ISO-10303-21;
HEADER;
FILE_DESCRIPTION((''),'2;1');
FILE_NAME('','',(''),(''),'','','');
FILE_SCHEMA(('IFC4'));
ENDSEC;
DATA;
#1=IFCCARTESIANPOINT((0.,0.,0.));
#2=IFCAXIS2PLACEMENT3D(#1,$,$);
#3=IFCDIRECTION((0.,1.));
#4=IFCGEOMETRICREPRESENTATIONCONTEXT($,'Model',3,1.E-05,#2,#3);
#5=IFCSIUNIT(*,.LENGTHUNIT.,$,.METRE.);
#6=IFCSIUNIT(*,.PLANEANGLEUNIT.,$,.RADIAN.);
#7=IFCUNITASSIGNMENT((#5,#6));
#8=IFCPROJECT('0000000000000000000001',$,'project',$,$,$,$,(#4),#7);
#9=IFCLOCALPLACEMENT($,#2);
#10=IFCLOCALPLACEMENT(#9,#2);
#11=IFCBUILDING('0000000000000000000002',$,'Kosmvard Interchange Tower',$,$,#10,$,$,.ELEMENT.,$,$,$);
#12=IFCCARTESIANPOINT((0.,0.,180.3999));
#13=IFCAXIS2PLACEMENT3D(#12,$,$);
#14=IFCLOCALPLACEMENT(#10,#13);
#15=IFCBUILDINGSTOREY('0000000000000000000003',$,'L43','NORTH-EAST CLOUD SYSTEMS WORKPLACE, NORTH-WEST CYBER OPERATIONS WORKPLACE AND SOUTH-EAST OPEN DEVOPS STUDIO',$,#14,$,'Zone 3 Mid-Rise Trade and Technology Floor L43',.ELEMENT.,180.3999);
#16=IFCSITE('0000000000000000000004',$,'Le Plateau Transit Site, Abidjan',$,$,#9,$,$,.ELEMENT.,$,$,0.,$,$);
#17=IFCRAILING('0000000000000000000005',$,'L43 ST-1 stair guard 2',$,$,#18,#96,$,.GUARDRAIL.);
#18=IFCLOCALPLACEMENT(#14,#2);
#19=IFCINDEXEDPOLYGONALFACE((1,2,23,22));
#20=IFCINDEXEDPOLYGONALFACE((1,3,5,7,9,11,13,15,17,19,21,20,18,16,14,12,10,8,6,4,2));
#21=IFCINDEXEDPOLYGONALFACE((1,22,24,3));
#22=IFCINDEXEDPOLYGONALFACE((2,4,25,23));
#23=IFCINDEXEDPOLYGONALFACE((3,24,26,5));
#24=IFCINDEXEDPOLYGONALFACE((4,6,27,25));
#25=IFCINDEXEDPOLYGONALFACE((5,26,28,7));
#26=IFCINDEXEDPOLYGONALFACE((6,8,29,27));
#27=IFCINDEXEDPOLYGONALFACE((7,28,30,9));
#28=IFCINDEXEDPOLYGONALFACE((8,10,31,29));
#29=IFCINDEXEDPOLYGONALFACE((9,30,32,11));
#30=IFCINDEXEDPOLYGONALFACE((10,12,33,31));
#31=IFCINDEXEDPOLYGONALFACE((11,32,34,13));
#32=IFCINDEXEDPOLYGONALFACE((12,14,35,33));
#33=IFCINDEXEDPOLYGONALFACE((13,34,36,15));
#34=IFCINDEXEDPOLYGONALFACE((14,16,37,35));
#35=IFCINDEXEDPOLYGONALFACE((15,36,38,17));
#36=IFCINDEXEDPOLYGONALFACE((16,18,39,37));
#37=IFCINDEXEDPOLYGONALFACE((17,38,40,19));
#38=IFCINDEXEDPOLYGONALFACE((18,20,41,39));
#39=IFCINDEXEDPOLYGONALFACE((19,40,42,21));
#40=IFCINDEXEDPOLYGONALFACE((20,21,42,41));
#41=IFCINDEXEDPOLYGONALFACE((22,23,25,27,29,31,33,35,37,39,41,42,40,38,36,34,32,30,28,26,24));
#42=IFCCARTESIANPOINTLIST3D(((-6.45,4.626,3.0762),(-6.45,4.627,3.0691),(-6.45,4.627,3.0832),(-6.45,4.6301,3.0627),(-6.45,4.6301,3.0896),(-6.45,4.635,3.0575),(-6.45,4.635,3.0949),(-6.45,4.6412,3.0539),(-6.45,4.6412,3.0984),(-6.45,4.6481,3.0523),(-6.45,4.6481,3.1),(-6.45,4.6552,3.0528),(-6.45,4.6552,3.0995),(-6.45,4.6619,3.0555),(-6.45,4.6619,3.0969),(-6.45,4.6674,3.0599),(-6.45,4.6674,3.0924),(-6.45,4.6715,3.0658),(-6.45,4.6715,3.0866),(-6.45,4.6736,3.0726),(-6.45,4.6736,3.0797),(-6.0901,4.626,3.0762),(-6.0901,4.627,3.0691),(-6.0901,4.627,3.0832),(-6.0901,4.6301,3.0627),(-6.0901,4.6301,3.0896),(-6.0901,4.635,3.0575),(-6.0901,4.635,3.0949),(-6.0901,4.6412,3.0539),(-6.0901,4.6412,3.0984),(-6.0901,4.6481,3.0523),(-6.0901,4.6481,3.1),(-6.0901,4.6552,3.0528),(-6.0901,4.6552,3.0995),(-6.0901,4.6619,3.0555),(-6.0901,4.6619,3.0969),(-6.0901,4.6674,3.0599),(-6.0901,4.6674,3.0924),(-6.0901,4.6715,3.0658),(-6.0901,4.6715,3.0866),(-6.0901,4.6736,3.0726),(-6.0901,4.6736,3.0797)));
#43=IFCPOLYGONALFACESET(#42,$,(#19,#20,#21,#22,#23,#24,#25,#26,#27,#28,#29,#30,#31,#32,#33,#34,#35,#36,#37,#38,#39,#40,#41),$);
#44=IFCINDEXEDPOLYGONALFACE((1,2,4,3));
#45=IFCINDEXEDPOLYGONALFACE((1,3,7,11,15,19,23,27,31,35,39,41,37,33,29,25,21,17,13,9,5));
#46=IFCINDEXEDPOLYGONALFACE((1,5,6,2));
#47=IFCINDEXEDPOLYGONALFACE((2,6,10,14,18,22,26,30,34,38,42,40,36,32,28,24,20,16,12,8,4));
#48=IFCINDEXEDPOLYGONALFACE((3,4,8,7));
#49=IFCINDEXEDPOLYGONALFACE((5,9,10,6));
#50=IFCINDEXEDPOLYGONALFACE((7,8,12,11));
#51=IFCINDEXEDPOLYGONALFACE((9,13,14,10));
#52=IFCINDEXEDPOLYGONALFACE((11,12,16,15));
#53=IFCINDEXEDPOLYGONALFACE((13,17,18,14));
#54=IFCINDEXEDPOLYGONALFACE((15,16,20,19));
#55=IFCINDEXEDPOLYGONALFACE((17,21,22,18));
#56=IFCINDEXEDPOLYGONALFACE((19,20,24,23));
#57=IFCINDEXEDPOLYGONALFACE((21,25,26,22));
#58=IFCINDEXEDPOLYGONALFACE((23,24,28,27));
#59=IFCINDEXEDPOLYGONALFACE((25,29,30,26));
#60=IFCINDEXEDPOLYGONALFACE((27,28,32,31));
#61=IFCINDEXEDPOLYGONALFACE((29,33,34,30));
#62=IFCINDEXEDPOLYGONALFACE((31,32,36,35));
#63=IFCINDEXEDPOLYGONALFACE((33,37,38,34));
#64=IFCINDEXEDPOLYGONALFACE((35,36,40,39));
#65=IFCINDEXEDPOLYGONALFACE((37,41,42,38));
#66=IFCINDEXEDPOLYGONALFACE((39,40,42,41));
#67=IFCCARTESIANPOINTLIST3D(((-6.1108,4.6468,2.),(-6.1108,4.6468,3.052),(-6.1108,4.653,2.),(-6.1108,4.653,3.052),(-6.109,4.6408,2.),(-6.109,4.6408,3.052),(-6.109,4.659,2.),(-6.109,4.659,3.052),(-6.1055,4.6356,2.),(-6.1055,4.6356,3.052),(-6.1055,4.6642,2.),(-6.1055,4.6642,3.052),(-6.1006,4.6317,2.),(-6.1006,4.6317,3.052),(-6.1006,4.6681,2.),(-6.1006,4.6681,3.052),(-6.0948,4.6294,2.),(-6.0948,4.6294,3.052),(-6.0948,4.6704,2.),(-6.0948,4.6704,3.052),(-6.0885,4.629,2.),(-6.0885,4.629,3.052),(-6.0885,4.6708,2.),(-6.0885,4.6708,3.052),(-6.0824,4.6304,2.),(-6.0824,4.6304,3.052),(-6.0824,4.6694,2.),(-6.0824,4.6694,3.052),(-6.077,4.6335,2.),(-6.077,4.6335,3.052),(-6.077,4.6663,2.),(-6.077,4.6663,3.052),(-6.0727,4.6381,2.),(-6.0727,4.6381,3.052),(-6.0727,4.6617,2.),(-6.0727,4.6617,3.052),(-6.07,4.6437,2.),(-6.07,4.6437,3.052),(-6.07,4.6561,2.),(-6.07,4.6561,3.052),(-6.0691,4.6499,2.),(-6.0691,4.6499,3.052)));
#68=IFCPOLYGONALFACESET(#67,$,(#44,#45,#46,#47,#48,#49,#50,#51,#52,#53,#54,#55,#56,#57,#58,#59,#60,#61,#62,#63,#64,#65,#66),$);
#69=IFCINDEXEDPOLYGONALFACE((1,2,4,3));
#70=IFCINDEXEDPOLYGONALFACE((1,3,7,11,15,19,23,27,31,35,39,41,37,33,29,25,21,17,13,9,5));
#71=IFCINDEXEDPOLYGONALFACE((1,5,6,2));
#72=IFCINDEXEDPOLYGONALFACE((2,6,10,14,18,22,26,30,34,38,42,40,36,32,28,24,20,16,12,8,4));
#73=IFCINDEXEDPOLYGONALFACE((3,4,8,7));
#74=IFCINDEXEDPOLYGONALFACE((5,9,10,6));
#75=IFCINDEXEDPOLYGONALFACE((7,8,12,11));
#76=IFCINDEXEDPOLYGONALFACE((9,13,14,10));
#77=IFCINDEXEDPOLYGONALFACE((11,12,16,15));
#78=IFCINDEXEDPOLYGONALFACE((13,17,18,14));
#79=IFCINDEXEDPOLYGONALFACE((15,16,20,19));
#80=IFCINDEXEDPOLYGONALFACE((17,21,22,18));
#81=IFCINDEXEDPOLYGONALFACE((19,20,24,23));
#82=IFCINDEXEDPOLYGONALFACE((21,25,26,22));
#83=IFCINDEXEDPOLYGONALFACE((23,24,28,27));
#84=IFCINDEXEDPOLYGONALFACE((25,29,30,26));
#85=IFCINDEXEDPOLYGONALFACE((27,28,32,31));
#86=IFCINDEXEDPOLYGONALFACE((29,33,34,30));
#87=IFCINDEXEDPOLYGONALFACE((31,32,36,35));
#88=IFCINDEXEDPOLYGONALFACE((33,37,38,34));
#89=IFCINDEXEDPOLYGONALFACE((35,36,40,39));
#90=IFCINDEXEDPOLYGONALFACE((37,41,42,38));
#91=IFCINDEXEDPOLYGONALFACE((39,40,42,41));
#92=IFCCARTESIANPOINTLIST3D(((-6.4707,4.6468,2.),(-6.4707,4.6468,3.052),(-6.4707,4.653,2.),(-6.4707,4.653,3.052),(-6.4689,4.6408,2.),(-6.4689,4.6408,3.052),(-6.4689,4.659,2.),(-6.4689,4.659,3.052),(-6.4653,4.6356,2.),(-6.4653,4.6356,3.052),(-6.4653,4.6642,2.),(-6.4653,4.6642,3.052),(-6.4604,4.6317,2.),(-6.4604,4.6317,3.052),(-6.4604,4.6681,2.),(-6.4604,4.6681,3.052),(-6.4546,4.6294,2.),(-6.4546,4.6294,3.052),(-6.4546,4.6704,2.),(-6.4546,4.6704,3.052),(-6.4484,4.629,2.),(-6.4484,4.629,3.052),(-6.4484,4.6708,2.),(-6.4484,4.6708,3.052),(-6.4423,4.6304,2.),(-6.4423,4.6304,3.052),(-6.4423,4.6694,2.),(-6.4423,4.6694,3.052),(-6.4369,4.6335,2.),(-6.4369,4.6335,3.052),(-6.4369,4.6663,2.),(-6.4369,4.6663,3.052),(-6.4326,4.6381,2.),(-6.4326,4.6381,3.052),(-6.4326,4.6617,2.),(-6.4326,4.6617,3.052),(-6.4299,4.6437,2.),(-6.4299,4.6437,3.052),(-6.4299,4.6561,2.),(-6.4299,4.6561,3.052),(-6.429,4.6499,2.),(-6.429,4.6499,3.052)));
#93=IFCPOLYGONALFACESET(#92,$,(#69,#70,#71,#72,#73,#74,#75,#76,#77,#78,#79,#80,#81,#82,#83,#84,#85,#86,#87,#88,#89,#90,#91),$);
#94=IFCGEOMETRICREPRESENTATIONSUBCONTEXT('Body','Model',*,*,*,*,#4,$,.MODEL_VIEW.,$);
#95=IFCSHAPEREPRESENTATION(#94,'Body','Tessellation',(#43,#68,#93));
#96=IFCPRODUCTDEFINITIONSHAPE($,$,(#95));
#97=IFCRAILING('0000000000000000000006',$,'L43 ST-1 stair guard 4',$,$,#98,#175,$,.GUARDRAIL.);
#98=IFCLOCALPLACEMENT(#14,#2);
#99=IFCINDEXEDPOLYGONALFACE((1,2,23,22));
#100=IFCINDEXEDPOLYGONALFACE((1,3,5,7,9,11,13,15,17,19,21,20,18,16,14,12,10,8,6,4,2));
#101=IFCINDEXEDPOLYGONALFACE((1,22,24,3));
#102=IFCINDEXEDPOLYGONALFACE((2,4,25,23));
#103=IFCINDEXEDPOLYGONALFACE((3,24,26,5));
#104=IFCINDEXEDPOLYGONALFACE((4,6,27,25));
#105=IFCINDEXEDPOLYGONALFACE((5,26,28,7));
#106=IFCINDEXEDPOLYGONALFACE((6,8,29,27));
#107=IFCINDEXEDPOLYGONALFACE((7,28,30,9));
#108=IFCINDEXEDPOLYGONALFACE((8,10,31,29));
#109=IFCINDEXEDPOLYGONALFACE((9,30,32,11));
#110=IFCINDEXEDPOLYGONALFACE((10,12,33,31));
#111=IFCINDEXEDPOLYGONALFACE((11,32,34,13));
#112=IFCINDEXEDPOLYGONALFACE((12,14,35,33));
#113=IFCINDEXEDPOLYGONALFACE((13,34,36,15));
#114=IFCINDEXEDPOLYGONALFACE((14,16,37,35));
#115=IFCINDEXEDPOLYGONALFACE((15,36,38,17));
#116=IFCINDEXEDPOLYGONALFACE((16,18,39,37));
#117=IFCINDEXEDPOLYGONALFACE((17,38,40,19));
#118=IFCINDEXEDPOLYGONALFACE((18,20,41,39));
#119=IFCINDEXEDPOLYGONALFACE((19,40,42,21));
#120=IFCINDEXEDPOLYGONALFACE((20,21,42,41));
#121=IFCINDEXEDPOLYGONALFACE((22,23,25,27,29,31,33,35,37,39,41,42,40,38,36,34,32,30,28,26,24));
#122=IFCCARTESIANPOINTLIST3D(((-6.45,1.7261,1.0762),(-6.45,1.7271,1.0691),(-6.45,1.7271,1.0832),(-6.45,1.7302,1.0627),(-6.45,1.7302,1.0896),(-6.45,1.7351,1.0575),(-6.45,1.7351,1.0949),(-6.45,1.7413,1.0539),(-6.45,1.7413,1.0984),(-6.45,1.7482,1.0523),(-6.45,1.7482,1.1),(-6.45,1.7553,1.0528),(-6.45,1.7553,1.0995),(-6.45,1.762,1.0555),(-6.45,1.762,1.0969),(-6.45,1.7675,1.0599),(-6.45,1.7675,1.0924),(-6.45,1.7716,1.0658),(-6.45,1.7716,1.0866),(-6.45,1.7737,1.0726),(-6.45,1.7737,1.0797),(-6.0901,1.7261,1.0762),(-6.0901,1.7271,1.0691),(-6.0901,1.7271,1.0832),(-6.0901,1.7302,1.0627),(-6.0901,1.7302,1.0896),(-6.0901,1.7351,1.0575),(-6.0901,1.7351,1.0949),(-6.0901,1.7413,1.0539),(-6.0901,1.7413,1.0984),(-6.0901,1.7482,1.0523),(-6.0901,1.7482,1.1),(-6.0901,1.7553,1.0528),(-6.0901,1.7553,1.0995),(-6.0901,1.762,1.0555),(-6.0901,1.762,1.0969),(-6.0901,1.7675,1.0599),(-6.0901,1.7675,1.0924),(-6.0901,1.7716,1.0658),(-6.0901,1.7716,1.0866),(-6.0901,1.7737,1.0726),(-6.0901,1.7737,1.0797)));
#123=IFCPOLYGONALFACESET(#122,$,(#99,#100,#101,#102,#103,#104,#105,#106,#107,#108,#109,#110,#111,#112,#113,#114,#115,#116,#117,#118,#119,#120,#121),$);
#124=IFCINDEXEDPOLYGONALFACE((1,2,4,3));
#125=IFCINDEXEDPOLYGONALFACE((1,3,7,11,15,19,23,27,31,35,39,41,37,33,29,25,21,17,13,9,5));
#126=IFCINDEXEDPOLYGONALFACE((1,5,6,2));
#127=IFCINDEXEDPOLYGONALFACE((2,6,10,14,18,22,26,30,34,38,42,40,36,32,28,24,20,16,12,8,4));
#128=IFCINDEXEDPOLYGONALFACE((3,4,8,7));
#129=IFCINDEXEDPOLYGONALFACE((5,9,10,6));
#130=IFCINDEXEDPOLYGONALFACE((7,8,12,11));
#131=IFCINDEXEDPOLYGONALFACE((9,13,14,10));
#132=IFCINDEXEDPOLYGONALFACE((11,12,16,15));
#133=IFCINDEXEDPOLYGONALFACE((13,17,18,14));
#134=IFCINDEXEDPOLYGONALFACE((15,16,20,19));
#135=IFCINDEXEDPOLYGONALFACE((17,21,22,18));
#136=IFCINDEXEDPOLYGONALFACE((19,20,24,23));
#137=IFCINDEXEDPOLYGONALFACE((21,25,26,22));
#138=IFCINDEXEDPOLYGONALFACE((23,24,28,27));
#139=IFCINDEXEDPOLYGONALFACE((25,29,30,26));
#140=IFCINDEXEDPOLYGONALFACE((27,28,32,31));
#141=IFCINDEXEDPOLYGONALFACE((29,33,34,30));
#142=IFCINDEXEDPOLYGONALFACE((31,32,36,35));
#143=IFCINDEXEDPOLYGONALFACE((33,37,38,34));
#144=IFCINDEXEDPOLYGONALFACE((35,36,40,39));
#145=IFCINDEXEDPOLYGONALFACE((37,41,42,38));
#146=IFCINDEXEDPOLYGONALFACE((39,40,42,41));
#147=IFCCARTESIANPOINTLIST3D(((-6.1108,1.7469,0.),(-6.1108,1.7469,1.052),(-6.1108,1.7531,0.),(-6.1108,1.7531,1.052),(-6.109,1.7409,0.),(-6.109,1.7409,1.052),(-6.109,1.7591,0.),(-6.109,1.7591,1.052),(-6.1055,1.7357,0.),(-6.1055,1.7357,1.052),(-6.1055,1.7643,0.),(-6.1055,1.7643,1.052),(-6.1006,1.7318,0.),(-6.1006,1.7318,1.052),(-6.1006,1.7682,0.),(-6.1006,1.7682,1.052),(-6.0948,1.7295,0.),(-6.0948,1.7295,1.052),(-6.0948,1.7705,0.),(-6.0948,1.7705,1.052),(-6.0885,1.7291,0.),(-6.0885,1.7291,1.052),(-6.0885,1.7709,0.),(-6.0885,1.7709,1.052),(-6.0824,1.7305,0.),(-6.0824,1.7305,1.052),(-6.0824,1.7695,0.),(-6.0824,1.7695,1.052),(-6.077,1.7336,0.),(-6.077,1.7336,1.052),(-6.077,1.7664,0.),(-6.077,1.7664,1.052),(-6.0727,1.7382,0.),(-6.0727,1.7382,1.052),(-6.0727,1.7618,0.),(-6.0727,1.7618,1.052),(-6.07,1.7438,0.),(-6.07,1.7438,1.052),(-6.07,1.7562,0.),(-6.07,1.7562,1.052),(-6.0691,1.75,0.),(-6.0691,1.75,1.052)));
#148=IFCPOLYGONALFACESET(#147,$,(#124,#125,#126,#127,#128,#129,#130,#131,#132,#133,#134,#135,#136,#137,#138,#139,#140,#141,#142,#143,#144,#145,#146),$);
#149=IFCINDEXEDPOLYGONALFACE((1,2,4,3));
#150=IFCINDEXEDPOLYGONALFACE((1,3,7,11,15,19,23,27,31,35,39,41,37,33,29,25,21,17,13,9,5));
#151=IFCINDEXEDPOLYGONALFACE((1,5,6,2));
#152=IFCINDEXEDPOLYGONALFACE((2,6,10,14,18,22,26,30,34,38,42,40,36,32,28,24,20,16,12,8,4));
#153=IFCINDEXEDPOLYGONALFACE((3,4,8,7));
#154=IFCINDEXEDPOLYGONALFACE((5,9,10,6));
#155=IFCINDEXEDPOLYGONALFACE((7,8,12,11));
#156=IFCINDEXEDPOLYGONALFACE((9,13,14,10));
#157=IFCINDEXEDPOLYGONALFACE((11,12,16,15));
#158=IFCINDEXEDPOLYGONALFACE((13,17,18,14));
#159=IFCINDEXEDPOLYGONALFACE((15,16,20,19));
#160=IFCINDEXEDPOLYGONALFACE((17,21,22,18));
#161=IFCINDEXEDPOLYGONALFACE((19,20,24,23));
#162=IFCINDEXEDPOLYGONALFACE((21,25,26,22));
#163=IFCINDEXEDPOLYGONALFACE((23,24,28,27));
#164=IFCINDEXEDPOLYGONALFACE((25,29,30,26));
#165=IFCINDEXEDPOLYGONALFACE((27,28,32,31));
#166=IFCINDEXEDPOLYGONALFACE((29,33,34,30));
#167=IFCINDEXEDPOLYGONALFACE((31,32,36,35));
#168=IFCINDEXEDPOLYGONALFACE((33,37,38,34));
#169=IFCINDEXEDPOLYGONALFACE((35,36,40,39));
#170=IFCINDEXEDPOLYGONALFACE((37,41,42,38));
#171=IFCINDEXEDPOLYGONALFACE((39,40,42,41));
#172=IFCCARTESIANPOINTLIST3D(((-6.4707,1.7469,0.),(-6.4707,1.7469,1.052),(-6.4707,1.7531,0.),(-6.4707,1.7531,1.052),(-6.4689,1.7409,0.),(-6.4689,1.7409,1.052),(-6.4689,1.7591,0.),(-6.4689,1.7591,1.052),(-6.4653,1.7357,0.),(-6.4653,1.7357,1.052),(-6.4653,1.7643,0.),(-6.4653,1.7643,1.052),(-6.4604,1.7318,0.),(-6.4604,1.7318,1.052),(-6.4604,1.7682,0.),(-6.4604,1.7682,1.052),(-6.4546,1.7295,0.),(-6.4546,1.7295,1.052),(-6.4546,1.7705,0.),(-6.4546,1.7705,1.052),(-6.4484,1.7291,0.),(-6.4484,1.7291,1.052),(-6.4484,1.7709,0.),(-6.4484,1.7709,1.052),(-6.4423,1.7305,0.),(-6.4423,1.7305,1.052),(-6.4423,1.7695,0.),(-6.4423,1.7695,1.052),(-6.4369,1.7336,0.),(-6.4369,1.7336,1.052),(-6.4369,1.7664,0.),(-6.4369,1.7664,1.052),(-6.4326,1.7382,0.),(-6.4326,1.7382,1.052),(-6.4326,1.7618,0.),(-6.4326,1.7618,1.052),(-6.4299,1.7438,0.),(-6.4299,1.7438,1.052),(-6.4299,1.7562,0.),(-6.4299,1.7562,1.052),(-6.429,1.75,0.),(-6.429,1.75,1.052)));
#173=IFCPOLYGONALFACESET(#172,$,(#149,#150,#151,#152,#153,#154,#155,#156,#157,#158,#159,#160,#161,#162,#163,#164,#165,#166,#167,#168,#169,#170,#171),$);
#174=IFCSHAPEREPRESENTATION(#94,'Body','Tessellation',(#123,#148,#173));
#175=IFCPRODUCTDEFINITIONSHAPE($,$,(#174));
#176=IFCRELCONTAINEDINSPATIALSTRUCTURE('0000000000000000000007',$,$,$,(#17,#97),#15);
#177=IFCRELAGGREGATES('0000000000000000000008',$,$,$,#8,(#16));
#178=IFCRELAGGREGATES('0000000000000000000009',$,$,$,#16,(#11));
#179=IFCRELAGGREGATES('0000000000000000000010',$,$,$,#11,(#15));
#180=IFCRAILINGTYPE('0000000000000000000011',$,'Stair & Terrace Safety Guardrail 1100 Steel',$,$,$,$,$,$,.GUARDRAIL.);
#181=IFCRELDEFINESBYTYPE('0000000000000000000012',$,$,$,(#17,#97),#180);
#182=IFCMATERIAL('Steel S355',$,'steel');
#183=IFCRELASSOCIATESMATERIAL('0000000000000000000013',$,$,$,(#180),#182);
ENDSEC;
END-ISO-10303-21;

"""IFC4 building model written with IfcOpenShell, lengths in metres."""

from ifc_helpers import new_model, si_unit, direction, frame, origin, origin_2d, place, context, subcontext, project, spatial, circle, extrude, source, transform, mapped, material, type_object, element, save


model = new_model("IFC4")

# Units and contexts
model_context = context("Model", 3, precision=1e-05, world=origin(), true_north=direction((0.0, 1.0)))
body_context = subcontext(model_context, "Body", "Model", "MODEL_VIEW")
ifc_project = project(units=[si_unit("LENGTHUNIT", "METRE"), si_unit("PLANEANGLEUNIT", "RADIAN")], contexts=[model_context])

# Site, building, storey
site_placement = place(None, origin())
site = spatial("IfcSite", under=ifc_project, at=site_placement, Name="Le Plateau Transit Site, Abidjan", CompositionType="ELEMENT", RefElevation=0.0)
building_placement = place(site_placement, origin())
building = spatial("IfcBuilding", under=site, at=building_placement, Name="Kosmvard Interchange Tower", CompositionType="ELEMENT")
storey_placement = place(building_placement, frame((0.0, 0.0, 180.3999)))
storey = spatial("IfcBuildingStorey", under=building, at=storey_placement, Name="L43", Description="NORTH-EAST CLOUD SYSTEMS WORKPLACE, NORTH-WEST CYBER OPERATIONS WORKPLACE AND SOUTH-EAST OPEN DEVOPS STUDIO", LongName="Zone 3 Mid-Rise Trade and Technology Floor L43", CompositionType="ELEMENT", Elevation=180.3999)

# Shared definitions
ifc_material_1 = material(Name="Steel S355", Category="steel")

# Railings
railing_type_1 = type_object("IfcRailingType", Name="Stair & Terrace Safety Guardrail 1100 Steel", PredefinedType="GUARDRAIL", material=ifc_material_1)
shared_shape_1 = source(origin(), body_context, "Body", "SweptSolid", [
    extrude(circle(Radius=0.0239, at=origin_2d()), frame((0.0, 0.0, 1.0762), z_axis=(-1.0, 0.0, 0.0), x_axis=(0.0, -1.0, 0.0)), (0.0, 0.0, 1.0), 0.3599),
    extrude(circle(Radius=0.021, at=origin_2d()), origin(), (0.0, 0.0, 1.0), 1.052),
    extrude(circle(Radius=0.021, at=origin_2d()), frame((-0.3599, 0.0, 0.0)), (0.0, 0.0, 1.0), 1.052),
])
for number, where, name in (
    (1, (-6.0901, 4.6499, 2.0), "L43 ST-1 stair guard 2"),
    (2, (-6.0901, 1.75, 0.0), "L43 ST-1 stair guard 4"),
):
    element("IfcRailing", number, at=place(storey_placement, frame(where)), inside=storey, type_object=railing_type_1, Name=name, PredefinedType="GUARDRAIL", context=body_context, shape_type="MappedRepresentation", body=[
        mapped(shared_shape_1, transform((0.0, 0.0, 0.0), scale=1.0)),
    ])

save(model, "model.ifc")
